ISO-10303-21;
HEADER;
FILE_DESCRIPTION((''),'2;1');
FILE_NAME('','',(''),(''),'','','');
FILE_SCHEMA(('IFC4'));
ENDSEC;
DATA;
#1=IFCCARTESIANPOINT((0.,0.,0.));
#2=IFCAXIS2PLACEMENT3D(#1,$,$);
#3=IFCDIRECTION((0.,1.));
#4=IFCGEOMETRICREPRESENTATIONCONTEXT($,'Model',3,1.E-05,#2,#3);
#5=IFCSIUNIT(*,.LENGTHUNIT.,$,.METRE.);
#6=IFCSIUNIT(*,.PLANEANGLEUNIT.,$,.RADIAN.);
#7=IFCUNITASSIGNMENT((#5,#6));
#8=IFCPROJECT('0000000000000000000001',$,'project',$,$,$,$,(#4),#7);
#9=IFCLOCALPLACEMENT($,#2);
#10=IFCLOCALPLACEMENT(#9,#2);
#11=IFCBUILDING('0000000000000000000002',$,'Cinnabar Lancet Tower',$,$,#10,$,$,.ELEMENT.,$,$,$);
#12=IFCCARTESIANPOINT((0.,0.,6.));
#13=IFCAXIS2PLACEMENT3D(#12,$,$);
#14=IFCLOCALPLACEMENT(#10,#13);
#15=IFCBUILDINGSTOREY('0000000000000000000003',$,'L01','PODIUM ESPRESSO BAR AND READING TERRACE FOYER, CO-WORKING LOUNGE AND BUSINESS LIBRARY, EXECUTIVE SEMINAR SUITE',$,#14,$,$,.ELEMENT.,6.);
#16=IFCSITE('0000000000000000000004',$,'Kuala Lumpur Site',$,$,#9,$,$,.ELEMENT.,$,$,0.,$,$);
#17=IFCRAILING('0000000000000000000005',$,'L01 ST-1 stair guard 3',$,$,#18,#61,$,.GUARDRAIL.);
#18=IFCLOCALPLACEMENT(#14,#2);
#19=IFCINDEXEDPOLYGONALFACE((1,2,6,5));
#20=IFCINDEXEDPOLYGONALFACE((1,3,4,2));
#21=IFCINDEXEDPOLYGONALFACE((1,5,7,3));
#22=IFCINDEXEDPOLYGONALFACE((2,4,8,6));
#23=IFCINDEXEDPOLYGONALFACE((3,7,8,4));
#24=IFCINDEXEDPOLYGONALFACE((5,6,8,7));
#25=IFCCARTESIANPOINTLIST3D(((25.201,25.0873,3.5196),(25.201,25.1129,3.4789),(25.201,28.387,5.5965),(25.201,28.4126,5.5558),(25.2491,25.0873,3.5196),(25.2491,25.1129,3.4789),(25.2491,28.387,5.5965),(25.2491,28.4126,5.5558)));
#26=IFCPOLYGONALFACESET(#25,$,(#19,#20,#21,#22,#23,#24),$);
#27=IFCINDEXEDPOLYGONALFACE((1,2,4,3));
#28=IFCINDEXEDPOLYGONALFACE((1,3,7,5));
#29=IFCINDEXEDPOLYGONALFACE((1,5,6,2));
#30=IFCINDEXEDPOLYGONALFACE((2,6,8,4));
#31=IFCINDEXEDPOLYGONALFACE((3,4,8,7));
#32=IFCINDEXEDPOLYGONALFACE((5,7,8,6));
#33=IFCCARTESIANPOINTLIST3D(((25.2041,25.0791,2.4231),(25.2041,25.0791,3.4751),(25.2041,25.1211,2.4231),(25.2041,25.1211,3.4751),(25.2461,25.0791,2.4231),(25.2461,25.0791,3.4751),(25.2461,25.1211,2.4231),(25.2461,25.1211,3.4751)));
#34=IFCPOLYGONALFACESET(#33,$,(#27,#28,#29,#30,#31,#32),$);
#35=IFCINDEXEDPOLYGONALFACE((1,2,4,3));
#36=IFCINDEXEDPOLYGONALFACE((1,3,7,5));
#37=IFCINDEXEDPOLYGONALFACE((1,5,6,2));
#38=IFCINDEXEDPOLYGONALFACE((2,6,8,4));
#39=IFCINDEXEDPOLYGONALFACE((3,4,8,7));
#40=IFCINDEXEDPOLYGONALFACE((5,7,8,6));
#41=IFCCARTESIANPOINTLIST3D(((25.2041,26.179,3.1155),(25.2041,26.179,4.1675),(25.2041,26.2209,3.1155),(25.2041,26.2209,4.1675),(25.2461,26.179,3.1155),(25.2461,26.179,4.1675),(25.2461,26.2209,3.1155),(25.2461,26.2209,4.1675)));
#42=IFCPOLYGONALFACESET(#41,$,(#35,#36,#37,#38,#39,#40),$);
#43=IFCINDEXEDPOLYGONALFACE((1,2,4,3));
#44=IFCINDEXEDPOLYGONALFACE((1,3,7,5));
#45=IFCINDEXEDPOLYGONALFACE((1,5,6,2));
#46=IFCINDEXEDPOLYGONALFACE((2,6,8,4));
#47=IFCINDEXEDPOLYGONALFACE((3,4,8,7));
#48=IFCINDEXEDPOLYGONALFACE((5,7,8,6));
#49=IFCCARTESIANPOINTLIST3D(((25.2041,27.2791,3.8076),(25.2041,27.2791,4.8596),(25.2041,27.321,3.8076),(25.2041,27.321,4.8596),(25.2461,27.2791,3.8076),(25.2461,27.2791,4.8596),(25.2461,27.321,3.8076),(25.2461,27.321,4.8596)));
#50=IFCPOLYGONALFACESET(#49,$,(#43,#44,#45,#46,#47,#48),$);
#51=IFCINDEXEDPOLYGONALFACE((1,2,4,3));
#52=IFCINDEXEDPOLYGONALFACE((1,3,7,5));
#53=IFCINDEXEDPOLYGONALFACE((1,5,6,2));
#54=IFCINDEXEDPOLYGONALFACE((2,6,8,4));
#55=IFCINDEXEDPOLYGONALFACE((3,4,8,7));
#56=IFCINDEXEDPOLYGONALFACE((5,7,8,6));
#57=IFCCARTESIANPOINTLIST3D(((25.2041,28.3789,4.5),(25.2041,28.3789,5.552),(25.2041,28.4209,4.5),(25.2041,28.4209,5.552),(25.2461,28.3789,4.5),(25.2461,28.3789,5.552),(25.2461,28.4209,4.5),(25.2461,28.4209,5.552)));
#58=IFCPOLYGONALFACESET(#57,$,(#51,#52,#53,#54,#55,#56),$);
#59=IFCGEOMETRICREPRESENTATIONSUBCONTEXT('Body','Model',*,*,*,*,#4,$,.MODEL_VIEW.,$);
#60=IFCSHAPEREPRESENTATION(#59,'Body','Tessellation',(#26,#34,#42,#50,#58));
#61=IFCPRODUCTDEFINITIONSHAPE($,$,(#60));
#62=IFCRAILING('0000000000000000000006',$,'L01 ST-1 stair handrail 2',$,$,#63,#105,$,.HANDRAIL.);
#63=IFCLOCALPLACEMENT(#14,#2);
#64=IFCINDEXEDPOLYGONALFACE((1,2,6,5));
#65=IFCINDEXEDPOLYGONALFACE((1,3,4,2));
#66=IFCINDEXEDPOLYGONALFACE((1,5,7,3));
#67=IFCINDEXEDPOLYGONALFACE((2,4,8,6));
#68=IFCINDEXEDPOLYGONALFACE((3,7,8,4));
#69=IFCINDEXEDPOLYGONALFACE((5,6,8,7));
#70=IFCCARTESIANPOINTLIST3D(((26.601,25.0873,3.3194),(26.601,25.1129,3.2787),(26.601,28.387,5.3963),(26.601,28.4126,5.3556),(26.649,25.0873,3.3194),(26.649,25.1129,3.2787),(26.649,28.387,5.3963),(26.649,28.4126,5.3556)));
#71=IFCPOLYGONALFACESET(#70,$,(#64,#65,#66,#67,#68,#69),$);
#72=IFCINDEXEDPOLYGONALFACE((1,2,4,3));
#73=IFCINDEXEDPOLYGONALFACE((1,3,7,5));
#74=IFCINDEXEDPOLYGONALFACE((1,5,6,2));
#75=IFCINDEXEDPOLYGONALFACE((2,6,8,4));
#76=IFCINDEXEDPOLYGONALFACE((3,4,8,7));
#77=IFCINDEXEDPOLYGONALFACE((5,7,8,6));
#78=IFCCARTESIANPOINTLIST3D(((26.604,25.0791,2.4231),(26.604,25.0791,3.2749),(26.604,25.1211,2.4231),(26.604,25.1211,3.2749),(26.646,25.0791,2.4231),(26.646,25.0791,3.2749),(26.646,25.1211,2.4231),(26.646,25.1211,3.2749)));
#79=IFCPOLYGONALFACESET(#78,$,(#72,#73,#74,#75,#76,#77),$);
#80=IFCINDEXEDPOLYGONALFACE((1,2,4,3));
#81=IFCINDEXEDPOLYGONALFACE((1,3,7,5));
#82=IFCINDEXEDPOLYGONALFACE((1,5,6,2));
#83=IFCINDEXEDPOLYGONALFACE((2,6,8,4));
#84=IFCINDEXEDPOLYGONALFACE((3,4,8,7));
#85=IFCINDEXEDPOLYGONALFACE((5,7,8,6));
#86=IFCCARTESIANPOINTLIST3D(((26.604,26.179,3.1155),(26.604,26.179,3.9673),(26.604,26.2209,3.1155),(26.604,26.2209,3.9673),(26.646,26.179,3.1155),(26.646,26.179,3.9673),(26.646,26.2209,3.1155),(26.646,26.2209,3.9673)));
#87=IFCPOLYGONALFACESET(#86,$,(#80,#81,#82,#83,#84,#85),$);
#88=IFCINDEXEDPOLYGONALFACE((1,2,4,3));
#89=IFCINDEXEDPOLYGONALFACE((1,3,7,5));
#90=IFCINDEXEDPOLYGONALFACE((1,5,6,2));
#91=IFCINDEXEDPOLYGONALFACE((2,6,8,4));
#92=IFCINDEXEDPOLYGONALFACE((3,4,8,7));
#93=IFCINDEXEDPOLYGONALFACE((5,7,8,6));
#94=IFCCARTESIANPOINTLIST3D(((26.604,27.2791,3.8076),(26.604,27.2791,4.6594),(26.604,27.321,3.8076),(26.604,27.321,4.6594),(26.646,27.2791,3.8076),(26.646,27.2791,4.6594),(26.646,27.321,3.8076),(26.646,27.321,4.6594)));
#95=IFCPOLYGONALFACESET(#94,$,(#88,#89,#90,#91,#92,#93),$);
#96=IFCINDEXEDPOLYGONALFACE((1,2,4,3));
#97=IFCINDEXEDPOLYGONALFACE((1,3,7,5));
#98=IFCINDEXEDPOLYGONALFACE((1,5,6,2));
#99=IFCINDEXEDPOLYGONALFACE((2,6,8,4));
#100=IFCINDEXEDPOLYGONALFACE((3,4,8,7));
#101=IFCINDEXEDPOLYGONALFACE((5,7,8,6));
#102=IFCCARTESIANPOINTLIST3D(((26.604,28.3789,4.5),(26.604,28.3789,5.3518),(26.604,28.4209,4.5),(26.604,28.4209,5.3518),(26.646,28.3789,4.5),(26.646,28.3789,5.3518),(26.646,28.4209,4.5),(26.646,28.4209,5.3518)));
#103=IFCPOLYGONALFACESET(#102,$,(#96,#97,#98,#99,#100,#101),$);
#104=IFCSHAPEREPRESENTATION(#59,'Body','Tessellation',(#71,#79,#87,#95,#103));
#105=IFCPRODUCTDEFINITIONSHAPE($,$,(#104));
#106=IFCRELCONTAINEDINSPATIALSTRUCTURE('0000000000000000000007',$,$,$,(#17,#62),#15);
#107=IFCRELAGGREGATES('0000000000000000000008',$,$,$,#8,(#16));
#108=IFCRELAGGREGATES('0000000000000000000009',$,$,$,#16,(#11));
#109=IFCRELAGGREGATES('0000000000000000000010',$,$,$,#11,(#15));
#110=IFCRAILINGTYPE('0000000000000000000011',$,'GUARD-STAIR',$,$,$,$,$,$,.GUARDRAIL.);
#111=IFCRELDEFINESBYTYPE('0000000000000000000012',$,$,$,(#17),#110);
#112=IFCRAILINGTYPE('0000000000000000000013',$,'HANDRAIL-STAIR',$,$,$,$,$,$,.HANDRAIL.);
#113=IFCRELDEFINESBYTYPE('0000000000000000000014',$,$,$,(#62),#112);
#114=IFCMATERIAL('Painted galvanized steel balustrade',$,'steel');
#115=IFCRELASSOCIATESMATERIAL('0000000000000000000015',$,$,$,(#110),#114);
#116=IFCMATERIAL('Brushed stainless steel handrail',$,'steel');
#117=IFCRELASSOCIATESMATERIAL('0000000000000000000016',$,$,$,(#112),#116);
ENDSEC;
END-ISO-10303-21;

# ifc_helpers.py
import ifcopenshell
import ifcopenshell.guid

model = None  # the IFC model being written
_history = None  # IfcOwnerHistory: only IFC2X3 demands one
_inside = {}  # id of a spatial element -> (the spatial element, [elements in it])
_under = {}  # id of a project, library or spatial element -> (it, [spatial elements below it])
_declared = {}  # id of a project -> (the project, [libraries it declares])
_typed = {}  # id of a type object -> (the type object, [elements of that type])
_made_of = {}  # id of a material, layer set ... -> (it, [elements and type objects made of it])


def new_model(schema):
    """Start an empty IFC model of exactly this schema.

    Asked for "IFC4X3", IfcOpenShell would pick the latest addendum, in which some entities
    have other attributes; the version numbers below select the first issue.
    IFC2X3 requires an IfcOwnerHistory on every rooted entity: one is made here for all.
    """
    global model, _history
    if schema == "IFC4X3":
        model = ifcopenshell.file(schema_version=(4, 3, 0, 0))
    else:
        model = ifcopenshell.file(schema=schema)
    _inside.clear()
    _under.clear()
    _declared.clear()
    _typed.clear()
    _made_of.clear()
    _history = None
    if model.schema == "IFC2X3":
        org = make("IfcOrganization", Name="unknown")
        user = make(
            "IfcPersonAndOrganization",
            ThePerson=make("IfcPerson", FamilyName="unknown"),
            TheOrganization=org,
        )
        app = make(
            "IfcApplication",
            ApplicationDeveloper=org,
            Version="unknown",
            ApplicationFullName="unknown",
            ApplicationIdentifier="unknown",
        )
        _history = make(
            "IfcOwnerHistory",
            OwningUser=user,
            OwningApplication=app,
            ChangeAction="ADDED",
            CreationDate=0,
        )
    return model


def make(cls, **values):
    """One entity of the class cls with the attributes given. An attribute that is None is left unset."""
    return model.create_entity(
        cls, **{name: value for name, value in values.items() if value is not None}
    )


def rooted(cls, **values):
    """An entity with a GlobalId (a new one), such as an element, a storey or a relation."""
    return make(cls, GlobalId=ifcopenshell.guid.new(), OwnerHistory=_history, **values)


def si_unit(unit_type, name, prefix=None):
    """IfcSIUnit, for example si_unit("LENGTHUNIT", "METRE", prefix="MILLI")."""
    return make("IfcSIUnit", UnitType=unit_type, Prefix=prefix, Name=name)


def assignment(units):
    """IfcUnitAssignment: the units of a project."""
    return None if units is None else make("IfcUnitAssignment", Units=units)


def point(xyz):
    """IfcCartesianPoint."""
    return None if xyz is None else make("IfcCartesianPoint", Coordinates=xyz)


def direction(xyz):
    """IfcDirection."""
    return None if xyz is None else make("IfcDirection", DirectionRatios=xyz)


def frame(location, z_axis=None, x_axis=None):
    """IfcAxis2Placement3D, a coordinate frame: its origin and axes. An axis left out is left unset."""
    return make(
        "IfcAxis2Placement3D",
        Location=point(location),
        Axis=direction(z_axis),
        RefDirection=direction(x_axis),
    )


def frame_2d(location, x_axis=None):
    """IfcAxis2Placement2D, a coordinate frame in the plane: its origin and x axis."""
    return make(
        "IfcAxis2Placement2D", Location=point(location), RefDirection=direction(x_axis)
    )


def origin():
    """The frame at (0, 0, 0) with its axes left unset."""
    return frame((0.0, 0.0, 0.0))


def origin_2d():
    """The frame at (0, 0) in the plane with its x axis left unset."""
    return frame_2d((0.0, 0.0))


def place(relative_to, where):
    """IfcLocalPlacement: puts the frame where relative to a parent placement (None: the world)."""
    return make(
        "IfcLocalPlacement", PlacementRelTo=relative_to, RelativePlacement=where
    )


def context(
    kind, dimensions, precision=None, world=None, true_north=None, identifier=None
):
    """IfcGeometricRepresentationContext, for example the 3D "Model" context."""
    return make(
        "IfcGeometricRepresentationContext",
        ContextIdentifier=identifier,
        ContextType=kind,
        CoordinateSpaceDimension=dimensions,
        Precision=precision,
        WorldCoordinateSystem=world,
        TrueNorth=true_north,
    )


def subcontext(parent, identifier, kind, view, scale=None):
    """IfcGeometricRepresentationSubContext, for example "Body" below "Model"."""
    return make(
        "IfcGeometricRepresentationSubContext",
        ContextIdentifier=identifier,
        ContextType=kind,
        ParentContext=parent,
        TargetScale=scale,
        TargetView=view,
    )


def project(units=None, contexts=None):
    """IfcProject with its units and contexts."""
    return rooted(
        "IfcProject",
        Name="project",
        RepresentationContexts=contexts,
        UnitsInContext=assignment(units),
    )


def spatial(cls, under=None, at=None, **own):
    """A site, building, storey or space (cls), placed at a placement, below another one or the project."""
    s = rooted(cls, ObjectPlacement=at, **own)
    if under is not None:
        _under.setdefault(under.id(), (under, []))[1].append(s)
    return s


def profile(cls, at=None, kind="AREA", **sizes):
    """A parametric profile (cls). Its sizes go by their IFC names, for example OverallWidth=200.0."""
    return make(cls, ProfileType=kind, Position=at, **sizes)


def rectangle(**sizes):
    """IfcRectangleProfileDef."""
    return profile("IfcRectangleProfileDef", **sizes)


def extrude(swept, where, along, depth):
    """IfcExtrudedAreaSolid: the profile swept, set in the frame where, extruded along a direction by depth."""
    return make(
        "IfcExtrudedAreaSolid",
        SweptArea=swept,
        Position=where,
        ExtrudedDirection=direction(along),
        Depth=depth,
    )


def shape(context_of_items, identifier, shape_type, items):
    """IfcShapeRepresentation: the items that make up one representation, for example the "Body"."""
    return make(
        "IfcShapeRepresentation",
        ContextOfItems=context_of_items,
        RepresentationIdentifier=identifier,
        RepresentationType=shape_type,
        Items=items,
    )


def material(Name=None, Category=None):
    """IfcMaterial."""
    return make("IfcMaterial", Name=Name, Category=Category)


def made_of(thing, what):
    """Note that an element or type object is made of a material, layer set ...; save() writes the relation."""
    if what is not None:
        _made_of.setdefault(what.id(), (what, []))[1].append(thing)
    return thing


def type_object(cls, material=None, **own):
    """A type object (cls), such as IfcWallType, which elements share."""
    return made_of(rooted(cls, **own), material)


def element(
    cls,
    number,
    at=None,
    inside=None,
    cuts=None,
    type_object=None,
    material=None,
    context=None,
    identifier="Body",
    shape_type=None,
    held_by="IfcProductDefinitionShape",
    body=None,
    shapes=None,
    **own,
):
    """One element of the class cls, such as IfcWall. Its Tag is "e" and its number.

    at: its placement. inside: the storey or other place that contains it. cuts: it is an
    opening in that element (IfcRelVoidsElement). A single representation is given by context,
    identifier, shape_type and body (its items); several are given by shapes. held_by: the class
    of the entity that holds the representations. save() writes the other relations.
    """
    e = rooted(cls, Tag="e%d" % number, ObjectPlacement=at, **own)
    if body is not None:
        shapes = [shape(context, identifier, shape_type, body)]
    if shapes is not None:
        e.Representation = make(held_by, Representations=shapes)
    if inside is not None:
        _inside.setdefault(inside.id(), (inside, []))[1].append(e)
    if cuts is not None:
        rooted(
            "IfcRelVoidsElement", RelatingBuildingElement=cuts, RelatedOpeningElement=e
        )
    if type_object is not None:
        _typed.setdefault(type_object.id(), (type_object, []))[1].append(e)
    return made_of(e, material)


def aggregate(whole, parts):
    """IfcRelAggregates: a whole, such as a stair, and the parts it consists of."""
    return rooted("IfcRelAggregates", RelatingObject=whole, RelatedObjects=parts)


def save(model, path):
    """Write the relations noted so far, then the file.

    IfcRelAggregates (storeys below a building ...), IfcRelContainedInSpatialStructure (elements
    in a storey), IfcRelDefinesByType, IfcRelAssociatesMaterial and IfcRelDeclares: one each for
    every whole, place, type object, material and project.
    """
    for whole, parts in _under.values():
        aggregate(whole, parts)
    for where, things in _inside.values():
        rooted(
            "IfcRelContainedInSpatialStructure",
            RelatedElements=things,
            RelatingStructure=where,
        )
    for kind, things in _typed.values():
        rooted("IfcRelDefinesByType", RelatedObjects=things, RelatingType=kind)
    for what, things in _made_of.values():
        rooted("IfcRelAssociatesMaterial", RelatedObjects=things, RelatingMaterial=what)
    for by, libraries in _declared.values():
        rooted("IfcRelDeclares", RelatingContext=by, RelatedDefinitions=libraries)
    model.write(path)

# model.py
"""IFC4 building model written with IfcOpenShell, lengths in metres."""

from ifc_helpers import new_model, si_unit, direction, frame, origin, origin_2d, place, context, subcontext, project, spatial, rectangle, extrude, material, type_object, element, save


model = new_model("IFC4")

# Units and contexts
model_context = context("Model", 3, precision=1e-05, world=origin(), true_north=direction((0.0, 1.0)))
body_context = subcontext(model_context, "Body", "Model", "MODEL_VIEW")
ifc_project = project(units=[si_unit("LENGTHUNIT", "METRE"), si_unit("PLANEANGLEUNIT", "RADIAN")], contexts=[model_context])

# Site, building, storey
site_placement = place(None, origin())
site = spatial("IfcSite", under=ifc_project, at=site_placement, Name="Kuala Lumpur Site", CompositionType="ELEMENT", RefElevation=0.0)
building_placement = place(site_placement, origin())
building = spatial("IfcBuilding", under=site, at=building_placement, Name="Cinnabar Lancet Tower", CompositionType="ELEMENT")
storey_placement = place(building_placement, frame((0.0, 0.0, 6.0)))
storey = spatial("IfcBuildingStorey", under=building, at=storey_placement, Name="L01", Description="PODIUM ESPRESSO BAR AND READING TERRACE FOYER, CO-WORKING LOUNGE AND BUSINESS LIBRARY, EXECUTIVE SEMINAR SUITE", CompositionType="ELEMENT", Elevation=6.0)

# Railings
ifc_material_1 = material(Name="Painted galvanized steel balustrade", Category="steel")
railing_type_1 = type_object("IfcRailingType", Name="GUARD-STAIR", PredefinedType="GUARDRAIL", material=ifc_material_1)
railing_1_placement = place(storey_placement, frame((25.2251, 25.1001, 2.4231)))
element("IfcRailing", 1, at=railing_1_placement, inside=storey, type_object=railing_type_1, Name="L01 ST-1 stair guard 3", PredefinedType="GUARDRAIL", context=body_context, shape_type="SweptSolid", body=[
    extrude(rectangle(XDim=0.0481, YDim=0.0481, at=origin_2d()), frame((0.0, 0.0, 1.0762), z_axis=(0.0, 0.84632, 0.532675), x_axis=(-1.0, 0.0, 0.0)), (0.0, 0.0, 1.0), 3.8989),
    extrude(rectangle(XDim=0.042, YDim=0.042, at=origin_2d()), origin(), (0.0, 0.0, 1.0), 1.052),
    extrude(rectangle(XDim=0.042, YDim=0.042, at=origin_2d()), frame((0.0, 1.0999, 0.6924)), (0.0, 0.0, 1.0), 1.052),
    extrude(rectangle(XDim=0.042, YDim=0.042, at=origin_2d()), frame((0.0, 2.2, 1.3845)), (0.0, 0.0, 1.0), 1.052),
    extrude(rectangle(XDim=0.042, YDim=0.042, at=origin_2d()), frame((0.0, 3.2998, 2.0769)), (0.0, 0.0, 1.0), 1.052),
])
ifc_material_2 = material(Name="Brushed stainless steel handrail", Category="steel")
railing_type_2 = type_object("IfcRailingType", Name="HANDRAIL-STAIR", PredefinedType="HANDRAIL", material=ifc_material_2)
railing_2_placement = place(storey_placement, frame((26.625, 25.1001, 2.4231)))
element("IfcRailing", 2, at=railing_2_placement, inside=storey, type_object=railing_type_2, Name="L01 ST-1 stair handrail 2", PredefinedType="HANDRAIL", context=body_context, shape_type="SweptSolid", body=[
    extrude(rectangle(XDim=0.0481, YDim=0.0481, at=origin_2d()), frame((0.0, 0.0, 0.876), z_axis=(0.0, 0.84632, 0.532675), x_axis=(-1.0, 0.0, 0.0)), (0.0, 0.0, 1.0), 3.8989),
    extrude(rectangle(XDim=0.042, YDim=0.042, at=origin_2d()), origin(), (0.0, 0.0, 1.0), 0.8518),
    extrude(rectangle(XDim=0.042, YDim=0.042, at=origin_2d()), frame((0.0, 1.0999, 0.6924)), (0.0, 0.0, 1.0), 0.8518),
    extrude(rectangle(XDim=0.042, YDim=0.042, at=origin_2d()), frame((0.0, 2.2, 1.3845)), (0.0, 0.0, 1.0), 0.8518),
    extrude(rectangle(XDim=0.042, YDim=0.042, at=origin_2d()), frame((0.0, 3.2998, 2.0769)), (0.0, 0.0, 1.0), 0.8518),
])

save(model, "model.ifc")
